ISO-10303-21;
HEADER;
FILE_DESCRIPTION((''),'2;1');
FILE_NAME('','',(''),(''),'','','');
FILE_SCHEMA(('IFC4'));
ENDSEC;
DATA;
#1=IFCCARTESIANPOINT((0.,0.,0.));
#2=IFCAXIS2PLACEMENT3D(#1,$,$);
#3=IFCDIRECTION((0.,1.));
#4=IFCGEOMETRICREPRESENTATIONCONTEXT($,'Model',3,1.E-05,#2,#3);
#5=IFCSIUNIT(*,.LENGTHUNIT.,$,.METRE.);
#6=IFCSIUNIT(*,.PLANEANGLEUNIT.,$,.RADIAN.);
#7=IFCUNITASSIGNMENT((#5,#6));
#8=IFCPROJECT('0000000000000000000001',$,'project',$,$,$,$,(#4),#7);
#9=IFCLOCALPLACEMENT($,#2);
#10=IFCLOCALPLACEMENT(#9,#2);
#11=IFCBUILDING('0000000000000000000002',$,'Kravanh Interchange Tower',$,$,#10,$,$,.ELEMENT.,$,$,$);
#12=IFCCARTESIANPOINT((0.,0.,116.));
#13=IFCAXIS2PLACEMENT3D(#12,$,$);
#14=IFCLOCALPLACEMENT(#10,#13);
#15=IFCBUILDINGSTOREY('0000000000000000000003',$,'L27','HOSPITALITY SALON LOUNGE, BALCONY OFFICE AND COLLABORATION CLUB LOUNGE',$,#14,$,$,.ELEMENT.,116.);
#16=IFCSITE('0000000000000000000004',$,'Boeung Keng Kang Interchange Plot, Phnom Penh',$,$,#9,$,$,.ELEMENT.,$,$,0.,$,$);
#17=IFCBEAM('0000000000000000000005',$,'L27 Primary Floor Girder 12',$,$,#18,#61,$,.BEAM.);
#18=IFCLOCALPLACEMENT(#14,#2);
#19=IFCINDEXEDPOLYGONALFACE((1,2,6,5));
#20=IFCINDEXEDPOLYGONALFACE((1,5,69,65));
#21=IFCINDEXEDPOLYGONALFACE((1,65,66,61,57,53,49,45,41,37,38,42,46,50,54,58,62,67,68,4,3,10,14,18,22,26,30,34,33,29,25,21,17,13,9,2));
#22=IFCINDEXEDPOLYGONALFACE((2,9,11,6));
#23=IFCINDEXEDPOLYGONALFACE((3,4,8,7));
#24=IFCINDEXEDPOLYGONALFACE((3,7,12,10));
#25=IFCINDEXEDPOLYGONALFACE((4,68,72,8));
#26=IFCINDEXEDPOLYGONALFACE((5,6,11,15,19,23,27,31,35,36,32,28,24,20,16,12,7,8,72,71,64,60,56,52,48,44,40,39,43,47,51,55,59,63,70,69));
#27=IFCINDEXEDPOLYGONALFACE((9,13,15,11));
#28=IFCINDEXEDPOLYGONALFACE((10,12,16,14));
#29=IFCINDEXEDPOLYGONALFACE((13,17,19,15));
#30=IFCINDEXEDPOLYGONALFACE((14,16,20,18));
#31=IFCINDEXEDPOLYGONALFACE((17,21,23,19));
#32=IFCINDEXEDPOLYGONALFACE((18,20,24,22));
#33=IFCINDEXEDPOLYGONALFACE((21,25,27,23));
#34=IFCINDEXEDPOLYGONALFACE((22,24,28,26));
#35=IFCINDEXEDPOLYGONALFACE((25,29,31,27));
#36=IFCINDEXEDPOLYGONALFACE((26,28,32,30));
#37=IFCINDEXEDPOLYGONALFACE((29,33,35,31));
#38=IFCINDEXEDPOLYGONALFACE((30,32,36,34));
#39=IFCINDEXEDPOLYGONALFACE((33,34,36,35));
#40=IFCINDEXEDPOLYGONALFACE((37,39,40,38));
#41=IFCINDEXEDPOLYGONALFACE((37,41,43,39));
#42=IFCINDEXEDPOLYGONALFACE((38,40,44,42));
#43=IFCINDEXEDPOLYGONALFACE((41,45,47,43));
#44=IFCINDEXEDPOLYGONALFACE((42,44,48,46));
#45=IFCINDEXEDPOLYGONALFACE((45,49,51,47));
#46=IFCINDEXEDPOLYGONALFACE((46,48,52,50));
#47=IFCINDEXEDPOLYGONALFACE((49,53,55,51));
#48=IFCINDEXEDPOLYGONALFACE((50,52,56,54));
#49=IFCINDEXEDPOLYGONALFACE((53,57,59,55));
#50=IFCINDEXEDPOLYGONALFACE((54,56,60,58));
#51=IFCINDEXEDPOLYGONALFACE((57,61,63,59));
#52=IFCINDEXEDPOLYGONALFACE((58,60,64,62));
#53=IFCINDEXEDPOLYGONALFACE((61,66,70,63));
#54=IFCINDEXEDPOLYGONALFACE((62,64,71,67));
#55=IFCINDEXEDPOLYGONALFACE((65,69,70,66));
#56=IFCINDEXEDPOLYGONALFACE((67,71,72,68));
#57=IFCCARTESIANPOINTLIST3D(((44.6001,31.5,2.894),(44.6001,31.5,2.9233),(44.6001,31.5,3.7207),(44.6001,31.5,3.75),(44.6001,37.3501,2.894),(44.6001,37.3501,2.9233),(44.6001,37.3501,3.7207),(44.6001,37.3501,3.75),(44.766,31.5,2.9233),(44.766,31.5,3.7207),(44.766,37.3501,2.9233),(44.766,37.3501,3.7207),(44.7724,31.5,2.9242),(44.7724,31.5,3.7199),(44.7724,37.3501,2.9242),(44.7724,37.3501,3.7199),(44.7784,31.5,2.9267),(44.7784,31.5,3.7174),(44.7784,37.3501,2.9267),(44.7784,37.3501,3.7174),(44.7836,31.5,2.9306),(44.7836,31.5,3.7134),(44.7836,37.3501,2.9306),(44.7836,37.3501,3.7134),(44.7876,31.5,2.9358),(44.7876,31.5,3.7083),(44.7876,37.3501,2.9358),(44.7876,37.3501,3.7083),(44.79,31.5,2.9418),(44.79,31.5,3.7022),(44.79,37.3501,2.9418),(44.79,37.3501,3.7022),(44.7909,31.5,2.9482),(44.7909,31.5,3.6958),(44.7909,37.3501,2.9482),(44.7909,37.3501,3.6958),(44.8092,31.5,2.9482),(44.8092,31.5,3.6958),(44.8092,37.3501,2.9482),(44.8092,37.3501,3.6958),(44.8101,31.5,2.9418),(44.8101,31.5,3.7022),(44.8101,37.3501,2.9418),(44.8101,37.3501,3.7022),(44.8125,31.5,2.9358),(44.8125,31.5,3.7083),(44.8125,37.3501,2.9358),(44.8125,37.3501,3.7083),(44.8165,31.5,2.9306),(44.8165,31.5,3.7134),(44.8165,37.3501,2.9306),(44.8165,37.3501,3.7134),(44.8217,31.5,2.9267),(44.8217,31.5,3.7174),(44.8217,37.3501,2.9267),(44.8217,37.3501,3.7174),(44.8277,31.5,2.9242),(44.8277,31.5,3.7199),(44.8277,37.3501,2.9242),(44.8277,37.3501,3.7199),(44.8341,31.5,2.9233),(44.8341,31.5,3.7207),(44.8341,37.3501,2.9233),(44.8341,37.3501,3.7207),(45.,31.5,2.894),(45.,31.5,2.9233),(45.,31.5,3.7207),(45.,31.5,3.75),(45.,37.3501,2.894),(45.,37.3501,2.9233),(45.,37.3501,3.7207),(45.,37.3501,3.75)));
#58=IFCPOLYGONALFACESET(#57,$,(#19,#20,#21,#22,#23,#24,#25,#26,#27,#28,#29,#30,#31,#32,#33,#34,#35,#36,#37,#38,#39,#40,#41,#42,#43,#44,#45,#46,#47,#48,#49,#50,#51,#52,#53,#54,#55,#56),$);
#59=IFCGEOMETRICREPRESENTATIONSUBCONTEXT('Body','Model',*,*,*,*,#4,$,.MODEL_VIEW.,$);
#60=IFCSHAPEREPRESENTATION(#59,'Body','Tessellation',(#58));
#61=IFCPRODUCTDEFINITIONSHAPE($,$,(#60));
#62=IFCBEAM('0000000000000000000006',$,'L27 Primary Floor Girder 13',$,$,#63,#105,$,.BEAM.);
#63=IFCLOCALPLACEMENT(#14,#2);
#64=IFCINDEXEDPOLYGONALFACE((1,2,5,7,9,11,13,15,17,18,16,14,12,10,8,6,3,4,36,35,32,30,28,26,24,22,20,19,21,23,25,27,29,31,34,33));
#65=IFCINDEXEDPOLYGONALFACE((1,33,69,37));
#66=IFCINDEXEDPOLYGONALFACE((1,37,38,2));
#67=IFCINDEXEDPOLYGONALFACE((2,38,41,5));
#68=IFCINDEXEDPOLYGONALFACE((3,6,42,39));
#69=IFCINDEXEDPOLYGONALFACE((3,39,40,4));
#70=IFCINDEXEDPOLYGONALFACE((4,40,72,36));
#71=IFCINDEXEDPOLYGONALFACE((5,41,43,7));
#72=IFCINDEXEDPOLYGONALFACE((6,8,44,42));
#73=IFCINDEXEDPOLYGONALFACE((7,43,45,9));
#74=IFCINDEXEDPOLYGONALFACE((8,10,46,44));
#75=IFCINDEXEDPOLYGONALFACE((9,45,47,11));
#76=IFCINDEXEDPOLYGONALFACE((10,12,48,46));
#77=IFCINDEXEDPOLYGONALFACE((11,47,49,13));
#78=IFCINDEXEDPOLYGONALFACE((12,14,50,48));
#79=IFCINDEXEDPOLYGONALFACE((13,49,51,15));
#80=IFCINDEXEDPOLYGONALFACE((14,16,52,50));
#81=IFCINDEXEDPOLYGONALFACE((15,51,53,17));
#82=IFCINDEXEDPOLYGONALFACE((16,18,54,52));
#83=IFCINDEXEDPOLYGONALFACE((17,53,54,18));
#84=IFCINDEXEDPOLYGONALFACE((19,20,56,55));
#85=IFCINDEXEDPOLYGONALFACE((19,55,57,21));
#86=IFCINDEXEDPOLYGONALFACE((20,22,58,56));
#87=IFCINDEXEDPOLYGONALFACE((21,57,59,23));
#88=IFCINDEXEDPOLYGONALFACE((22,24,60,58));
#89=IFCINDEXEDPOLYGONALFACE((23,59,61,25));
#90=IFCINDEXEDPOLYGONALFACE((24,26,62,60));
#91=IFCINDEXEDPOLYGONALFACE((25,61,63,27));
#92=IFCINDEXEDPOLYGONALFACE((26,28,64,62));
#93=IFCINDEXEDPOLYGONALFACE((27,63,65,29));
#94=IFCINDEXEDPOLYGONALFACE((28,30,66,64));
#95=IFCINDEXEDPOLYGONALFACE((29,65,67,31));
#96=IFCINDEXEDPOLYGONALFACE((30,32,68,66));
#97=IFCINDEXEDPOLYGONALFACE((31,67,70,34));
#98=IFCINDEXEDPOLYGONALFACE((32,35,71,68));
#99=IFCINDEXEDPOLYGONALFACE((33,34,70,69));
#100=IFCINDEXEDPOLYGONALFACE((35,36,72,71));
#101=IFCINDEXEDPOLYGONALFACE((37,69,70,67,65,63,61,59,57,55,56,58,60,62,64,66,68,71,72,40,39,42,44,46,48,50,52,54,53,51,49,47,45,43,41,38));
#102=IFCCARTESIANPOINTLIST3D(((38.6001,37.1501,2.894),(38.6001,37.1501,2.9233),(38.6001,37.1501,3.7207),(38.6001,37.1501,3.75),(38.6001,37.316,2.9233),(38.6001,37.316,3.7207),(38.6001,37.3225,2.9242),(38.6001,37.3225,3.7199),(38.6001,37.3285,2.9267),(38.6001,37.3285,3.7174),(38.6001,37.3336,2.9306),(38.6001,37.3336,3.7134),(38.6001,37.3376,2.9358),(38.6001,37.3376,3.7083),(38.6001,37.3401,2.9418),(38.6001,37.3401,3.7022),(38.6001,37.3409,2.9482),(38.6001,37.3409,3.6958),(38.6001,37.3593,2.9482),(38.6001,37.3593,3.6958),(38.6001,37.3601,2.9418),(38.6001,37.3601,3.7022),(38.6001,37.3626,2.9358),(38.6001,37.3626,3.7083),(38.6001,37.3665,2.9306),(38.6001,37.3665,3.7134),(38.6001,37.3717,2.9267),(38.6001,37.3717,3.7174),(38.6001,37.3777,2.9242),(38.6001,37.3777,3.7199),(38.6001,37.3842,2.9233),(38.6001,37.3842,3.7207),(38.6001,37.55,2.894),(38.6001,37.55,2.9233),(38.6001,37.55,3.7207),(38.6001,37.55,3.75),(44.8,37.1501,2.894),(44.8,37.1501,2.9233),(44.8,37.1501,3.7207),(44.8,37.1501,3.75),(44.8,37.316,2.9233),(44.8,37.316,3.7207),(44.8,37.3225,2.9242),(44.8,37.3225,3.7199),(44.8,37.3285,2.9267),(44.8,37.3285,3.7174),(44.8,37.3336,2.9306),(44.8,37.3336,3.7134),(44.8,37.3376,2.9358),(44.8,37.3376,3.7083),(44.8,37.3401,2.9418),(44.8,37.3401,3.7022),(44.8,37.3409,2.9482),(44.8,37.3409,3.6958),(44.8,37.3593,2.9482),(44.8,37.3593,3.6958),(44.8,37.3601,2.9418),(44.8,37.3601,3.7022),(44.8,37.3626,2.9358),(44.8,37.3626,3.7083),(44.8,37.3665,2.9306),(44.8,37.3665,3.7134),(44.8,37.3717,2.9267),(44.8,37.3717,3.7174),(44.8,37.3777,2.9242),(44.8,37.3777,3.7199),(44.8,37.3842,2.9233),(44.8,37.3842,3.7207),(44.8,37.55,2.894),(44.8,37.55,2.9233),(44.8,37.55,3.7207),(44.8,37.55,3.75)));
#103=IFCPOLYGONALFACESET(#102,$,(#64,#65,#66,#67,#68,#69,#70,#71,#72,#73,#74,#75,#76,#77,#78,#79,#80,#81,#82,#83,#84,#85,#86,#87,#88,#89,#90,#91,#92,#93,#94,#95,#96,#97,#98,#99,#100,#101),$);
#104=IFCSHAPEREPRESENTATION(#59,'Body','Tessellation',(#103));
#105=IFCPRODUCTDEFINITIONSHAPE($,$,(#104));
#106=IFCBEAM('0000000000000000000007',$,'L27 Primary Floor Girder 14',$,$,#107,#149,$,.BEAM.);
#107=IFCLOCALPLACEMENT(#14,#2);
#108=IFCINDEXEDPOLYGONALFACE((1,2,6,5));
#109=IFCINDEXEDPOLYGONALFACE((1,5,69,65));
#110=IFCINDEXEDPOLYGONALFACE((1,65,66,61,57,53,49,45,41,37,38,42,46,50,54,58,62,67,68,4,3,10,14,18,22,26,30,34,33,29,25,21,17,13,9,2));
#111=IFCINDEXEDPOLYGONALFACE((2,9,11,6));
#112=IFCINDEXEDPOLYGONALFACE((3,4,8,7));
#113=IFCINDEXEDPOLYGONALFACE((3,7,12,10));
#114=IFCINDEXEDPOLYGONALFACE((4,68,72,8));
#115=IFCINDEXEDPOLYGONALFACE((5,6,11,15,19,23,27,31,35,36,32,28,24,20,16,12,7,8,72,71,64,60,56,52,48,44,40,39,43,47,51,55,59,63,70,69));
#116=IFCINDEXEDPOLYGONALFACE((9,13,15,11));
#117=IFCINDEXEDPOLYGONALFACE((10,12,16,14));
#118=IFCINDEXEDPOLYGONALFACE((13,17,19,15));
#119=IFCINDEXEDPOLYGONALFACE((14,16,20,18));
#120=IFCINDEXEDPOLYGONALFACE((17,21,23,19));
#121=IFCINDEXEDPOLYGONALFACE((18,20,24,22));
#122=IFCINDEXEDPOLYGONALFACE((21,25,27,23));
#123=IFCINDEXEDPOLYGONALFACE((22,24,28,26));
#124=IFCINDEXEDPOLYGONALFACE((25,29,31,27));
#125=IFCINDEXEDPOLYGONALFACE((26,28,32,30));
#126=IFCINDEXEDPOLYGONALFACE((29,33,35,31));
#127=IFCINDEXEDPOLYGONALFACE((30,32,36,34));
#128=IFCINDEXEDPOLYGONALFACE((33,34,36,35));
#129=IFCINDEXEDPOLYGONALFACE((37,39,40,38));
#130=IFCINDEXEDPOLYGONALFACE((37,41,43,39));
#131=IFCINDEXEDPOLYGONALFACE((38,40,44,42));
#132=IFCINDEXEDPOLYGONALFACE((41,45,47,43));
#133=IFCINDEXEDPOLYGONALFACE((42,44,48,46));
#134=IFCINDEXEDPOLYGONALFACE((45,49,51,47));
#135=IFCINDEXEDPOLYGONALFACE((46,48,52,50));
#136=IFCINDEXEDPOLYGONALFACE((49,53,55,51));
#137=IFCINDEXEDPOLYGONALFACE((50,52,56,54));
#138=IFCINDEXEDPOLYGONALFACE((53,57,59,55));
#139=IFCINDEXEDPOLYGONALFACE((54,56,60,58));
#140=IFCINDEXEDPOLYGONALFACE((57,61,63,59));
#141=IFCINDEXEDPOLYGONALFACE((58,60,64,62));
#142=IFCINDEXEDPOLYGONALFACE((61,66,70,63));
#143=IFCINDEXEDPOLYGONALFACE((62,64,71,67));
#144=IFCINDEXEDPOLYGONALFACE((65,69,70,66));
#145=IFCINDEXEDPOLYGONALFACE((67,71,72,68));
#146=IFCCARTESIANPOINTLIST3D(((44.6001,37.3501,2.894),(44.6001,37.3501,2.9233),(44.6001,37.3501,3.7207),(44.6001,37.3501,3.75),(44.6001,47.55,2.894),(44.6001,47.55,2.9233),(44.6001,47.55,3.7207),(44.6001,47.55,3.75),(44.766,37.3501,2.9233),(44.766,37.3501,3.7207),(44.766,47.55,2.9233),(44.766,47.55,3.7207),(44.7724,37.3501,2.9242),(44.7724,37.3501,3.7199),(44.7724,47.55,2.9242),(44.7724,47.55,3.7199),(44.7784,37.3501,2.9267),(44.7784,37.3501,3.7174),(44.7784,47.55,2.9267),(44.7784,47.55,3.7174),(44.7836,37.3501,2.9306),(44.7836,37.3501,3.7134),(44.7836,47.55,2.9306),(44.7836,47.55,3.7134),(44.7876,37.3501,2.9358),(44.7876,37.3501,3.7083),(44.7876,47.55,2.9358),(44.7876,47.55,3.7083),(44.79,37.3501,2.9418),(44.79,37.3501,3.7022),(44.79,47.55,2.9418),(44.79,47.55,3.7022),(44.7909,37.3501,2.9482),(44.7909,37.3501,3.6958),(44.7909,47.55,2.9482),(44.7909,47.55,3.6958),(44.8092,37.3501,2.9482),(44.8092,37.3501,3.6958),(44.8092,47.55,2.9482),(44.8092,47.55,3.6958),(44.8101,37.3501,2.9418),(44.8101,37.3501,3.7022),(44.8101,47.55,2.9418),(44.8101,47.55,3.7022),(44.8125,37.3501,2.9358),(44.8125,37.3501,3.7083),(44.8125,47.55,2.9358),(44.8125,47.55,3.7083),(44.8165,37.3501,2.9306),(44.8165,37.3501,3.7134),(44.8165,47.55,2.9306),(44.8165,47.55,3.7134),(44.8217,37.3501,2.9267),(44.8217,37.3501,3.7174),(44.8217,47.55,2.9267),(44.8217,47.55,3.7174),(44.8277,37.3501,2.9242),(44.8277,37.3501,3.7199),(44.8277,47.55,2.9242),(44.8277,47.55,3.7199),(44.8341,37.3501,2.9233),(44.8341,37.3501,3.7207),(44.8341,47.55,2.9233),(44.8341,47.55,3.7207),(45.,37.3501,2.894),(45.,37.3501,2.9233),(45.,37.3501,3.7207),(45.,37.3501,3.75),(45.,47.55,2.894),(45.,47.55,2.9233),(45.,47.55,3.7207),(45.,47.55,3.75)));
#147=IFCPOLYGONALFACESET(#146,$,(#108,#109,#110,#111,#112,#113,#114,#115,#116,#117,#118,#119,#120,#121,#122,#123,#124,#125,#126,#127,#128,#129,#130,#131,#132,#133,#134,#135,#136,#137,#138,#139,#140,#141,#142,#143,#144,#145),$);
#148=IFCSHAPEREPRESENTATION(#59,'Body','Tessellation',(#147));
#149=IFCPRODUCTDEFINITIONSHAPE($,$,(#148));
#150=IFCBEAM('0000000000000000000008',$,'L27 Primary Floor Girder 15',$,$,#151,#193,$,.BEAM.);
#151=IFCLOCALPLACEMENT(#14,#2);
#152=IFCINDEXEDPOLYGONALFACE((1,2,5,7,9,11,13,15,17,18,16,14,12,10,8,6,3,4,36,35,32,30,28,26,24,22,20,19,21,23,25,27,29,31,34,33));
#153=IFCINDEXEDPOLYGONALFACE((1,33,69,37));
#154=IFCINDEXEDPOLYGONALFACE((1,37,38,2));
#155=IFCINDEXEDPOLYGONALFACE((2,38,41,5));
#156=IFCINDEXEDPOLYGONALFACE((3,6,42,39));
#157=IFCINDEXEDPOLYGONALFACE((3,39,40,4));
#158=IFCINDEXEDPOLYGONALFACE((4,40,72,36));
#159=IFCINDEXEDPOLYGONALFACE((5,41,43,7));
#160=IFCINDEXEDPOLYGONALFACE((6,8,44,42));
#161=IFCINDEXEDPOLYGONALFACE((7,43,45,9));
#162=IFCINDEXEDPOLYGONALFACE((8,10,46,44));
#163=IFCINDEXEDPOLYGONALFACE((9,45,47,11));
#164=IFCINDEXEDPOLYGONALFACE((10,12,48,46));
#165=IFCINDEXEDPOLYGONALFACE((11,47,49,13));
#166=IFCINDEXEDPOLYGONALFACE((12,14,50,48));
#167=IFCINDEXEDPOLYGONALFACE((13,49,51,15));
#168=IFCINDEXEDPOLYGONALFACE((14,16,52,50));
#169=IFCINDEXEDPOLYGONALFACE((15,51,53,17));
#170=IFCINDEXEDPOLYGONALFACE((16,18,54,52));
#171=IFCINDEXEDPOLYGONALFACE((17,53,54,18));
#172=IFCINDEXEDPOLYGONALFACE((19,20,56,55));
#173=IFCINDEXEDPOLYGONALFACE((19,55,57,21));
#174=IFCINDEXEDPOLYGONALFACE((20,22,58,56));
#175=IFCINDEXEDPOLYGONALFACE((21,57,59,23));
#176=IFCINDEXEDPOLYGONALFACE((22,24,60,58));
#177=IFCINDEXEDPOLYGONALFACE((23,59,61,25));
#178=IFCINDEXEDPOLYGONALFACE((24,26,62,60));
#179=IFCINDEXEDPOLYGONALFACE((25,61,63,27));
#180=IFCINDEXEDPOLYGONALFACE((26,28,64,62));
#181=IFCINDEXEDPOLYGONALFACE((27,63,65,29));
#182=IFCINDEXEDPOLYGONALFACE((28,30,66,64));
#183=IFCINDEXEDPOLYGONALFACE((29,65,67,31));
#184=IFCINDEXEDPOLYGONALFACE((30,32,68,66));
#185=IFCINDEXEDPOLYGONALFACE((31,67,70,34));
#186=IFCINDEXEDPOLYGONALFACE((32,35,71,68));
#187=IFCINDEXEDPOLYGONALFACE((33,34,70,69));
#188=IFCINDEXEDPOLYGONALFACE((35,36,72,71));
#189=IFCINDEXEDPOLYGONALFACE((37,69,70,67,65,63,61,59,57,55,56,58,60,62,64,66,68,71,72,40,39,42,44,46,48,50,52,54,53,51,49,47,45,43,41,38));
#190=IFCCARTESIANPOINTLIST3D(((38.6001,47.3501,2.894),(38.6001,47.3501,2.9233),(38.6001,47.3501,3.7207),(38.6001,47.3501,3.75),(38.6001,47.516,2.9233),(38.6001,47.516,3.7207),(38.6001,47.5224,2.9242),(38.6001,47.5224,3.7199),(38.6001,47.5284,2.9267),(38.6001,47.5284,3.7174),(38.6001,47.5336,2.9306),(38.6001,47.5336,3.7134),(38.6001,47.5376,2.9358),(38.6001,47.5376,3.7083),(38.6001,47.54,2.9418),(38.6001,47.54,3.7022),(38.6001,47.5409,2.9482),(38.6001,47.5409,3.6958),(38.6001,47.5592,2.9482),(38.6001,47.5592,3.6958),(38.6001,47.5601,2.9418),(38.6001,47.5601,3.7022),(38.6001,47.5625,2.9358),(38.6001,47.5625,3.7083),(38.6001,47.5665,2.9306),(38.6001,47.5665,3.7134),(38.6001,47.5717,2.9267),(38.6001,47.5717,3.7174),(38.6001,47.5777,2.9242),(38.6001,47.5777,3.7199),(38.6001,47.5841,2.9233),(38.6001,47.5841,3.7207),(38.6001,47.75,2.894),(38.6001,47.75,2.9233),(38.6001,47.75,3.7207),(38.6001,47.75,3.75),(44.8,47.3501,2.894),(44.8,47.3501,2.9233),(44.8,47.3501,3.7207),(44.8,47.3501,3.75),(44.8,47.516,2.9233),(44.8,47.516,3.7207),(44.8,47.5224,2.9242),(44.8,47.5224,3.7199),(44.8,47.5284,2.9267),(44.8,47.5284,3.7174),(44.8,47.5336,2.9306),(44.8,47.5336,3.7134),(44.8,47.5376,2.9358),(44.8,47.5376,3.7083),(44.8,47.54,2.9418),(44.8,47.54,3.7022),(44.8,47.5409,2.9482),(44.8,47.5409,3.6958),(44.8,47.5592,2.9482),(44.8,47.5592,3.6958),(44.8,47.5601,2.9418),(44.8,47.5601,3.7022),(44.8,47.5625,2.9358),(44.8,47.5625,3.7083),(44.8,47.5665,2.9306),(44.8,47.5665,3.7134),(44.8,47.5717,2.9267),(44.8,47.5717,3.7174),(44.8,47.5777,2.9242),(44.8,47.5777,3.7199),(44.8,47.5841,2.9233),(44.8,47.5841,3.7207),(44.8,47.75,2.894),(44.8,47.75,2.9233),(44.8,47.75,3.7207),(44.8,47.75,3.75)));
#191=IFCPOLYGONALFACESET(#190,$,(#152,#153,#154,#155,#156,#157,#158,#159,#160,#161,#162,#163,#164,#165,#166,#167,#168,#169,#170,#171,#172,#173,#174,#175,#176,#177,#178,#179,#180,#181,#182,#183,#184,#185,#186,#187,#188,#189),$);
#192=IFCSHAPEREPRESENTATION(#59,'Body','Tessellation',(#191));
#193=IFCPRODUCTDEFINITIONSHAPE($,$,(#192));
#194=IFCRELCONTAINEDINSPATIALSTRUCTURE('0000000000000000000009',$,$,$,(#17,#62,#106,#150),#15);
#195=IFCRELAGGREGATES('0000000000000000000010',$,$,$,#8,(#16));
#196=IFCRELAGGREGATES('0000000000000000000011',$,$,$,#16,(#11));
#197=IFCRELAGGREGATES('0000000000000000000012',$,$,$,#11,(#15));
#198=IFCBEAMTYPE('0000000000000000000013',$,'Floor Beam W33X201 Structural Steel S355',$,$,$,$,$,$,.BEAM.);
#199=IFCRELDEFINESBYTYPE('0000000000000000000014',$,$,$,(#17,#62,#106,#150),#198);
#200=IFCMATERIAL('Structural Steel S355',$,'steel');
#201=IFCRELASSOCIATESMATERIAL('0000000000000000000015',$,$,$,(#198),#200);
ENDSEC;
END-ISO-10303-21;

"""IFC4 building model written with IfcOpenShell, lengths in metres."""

from ifc_helpers import new_model, si_unit, direction, frame, origin, origin_2d, place, context, subcontext, project, spatial, i_section, extrude, material, material_profile, profile_set, type_object, element, save


model = new_model("IFC4")

# Units and contexts
model_context = context("Model", 3, precision=1e-05, world=origin(), true_north=direction((0.0, 1.0)))
body_context = subcontext(model_context, "Body", "Model", "MODEL_VIEW")
ifc_project = project(units=[si_unit("LENGTHUNIT", "METRE"), si_unit("PLANEANGLEUNIT", "RADIAN")], contexts=[model_context])

# Site, building, storey
site_placement = place(None, origin())
site = spatial("IfcSite", under=ifc_project, at=site_placement, Name="Boeung Keng Kang Interchange Plot, Phnom Penh", CompositionType="ELEMENT", RefElevation=0.0)
building_placement = place(site_placement, origin())
building = spatial("IfcBuilding", under=site, at=building_placement, Name="Kravanh Interchange Tower", CompositionType="ELEMENT")
storey_placement = place(building_placement, frame((0.0, 0.0, 116.0)))
storey = spatial("IfcBuildingStorey", under=building, at=storey_placement, Name="L27", Description="HOSPITALITY SALON LOUNGE, BALCONY OFFICE AND COLLABORATION CLUB LOUNGE", CompositionType="ELEMENT", Elevation=116.0)

# Beams
ifc_material_1 = material(Name="Structural Steel S355", Category="steel")
ifc_material_profile_1 = material_profile(ifc_material_1, i_section(OverallWidth=0.3999, OverallDepth=0.856, WebThickness=0.0183, FlangeThickness=0.0293, FilletRadius=0.0249, at=origin_2d()), Name="W33X201")
ifc_profile_set_1 = profile_set([ifc_material_profile_1], Name="Structural Steel S355")
beam_type_1 = type_object("IfcBeamType", Name="Floor Beam W33X201 Structural Steel S355", PredefinedType="BEAM", material=ifc_profile_set_1)
beam_1_placement = place(storey_placement, frame((44.8, 37.3501, 3.322), z_axis=(0.0, -1.0, 0.0), x_axis=(1.0, 0.0, 0.0)))
element("IfcBeam", 1, at=beam_1_placement, inside=storey, type_object=beam_type_1, Name="L27 Primary Floor Girder 12", PredefinedType="BEAM", context=body_context, shape_type="SweptSolid", body=[
    extrude(i_section(OverallWidth=0.3999, OverallDepth=0.856, WebThickness=0.0183, FlangeThickness=0.0293, FilletRadius=0.0249, at=origin_2d()), origin(), (0.0, 0.0, 1.0), 5.8501),
])
beam_2_placement = place(storey_placement, frame((44.8, 37.3501, 3.322), z_axis=(-1.0, 0.0, 0.0), x_axis=(0.0, -1.0, 0.0)))
element("IfcBeam", 2, at=beam_2_placement, inside=storey, type_object=beam_type_1, Name="L27 Primary Floor Girder 13", PredefinedType="BEAM", context=body_context, shape_type="SweptSolid", body=[
    extrude(i_section(OverallWidth=0.3999, OverallDepth=0.856, WebThickness=0.0183, FlangeThickness=0.0293, FilletRadius=0.0249, at=origin_2d()), origin(), (0.0, 0.0, 1.0), 6.2),
])
beam_3_placement = place(storey_placement, frame((44.8, 37.3501, 3.322), z_axis=(0.0, 1.0, 0.0), x_axis=(-1.0, 0.0, 0.0)))
element("IfcBeam", 3, at=beam_3_placement, inside=storey, type_object=beam_type_1, Name="L27 Primary Floor Girder 14", PredefinedType="BEAM", context=body_context, shape_type="SweptSolid", body=[
    extrude(i_section(OverallWidth=0.3999, OverallDepth=0.856, WebThickness=0.0183, FlangeThickness=0.0293, FilletRadius=0.0249, at=origin_2d()), origin(), (0.0, 0.0, 1.0), 10.2),
])
beam_4_placement = place(storey_placement, frame((44.8, 47.55, 3.322), z_axis=(-1.0, 0.0, 0.0), x_axis=(0.0, -1.0, 0.0)))
element("IfcBeam", 4, at=beam_4_placement, inside=storey, type_object=beam_type_1, Name="L27 Primary Floor Girder 15", PredefinedType="BEAM", context=body_context, shape_type="SweptSolid", body=[
    extrude(i_section(OverallWidth=0.3999, OverallDepth=0.856, WebThickness=0.0183, FlangeThickness=0.0293, FilletRadius=0.0249, at=origin_2d()), origin(), (0.0, 0.0, 1.0), 6.2),
])

save(model, "model.ifc")
